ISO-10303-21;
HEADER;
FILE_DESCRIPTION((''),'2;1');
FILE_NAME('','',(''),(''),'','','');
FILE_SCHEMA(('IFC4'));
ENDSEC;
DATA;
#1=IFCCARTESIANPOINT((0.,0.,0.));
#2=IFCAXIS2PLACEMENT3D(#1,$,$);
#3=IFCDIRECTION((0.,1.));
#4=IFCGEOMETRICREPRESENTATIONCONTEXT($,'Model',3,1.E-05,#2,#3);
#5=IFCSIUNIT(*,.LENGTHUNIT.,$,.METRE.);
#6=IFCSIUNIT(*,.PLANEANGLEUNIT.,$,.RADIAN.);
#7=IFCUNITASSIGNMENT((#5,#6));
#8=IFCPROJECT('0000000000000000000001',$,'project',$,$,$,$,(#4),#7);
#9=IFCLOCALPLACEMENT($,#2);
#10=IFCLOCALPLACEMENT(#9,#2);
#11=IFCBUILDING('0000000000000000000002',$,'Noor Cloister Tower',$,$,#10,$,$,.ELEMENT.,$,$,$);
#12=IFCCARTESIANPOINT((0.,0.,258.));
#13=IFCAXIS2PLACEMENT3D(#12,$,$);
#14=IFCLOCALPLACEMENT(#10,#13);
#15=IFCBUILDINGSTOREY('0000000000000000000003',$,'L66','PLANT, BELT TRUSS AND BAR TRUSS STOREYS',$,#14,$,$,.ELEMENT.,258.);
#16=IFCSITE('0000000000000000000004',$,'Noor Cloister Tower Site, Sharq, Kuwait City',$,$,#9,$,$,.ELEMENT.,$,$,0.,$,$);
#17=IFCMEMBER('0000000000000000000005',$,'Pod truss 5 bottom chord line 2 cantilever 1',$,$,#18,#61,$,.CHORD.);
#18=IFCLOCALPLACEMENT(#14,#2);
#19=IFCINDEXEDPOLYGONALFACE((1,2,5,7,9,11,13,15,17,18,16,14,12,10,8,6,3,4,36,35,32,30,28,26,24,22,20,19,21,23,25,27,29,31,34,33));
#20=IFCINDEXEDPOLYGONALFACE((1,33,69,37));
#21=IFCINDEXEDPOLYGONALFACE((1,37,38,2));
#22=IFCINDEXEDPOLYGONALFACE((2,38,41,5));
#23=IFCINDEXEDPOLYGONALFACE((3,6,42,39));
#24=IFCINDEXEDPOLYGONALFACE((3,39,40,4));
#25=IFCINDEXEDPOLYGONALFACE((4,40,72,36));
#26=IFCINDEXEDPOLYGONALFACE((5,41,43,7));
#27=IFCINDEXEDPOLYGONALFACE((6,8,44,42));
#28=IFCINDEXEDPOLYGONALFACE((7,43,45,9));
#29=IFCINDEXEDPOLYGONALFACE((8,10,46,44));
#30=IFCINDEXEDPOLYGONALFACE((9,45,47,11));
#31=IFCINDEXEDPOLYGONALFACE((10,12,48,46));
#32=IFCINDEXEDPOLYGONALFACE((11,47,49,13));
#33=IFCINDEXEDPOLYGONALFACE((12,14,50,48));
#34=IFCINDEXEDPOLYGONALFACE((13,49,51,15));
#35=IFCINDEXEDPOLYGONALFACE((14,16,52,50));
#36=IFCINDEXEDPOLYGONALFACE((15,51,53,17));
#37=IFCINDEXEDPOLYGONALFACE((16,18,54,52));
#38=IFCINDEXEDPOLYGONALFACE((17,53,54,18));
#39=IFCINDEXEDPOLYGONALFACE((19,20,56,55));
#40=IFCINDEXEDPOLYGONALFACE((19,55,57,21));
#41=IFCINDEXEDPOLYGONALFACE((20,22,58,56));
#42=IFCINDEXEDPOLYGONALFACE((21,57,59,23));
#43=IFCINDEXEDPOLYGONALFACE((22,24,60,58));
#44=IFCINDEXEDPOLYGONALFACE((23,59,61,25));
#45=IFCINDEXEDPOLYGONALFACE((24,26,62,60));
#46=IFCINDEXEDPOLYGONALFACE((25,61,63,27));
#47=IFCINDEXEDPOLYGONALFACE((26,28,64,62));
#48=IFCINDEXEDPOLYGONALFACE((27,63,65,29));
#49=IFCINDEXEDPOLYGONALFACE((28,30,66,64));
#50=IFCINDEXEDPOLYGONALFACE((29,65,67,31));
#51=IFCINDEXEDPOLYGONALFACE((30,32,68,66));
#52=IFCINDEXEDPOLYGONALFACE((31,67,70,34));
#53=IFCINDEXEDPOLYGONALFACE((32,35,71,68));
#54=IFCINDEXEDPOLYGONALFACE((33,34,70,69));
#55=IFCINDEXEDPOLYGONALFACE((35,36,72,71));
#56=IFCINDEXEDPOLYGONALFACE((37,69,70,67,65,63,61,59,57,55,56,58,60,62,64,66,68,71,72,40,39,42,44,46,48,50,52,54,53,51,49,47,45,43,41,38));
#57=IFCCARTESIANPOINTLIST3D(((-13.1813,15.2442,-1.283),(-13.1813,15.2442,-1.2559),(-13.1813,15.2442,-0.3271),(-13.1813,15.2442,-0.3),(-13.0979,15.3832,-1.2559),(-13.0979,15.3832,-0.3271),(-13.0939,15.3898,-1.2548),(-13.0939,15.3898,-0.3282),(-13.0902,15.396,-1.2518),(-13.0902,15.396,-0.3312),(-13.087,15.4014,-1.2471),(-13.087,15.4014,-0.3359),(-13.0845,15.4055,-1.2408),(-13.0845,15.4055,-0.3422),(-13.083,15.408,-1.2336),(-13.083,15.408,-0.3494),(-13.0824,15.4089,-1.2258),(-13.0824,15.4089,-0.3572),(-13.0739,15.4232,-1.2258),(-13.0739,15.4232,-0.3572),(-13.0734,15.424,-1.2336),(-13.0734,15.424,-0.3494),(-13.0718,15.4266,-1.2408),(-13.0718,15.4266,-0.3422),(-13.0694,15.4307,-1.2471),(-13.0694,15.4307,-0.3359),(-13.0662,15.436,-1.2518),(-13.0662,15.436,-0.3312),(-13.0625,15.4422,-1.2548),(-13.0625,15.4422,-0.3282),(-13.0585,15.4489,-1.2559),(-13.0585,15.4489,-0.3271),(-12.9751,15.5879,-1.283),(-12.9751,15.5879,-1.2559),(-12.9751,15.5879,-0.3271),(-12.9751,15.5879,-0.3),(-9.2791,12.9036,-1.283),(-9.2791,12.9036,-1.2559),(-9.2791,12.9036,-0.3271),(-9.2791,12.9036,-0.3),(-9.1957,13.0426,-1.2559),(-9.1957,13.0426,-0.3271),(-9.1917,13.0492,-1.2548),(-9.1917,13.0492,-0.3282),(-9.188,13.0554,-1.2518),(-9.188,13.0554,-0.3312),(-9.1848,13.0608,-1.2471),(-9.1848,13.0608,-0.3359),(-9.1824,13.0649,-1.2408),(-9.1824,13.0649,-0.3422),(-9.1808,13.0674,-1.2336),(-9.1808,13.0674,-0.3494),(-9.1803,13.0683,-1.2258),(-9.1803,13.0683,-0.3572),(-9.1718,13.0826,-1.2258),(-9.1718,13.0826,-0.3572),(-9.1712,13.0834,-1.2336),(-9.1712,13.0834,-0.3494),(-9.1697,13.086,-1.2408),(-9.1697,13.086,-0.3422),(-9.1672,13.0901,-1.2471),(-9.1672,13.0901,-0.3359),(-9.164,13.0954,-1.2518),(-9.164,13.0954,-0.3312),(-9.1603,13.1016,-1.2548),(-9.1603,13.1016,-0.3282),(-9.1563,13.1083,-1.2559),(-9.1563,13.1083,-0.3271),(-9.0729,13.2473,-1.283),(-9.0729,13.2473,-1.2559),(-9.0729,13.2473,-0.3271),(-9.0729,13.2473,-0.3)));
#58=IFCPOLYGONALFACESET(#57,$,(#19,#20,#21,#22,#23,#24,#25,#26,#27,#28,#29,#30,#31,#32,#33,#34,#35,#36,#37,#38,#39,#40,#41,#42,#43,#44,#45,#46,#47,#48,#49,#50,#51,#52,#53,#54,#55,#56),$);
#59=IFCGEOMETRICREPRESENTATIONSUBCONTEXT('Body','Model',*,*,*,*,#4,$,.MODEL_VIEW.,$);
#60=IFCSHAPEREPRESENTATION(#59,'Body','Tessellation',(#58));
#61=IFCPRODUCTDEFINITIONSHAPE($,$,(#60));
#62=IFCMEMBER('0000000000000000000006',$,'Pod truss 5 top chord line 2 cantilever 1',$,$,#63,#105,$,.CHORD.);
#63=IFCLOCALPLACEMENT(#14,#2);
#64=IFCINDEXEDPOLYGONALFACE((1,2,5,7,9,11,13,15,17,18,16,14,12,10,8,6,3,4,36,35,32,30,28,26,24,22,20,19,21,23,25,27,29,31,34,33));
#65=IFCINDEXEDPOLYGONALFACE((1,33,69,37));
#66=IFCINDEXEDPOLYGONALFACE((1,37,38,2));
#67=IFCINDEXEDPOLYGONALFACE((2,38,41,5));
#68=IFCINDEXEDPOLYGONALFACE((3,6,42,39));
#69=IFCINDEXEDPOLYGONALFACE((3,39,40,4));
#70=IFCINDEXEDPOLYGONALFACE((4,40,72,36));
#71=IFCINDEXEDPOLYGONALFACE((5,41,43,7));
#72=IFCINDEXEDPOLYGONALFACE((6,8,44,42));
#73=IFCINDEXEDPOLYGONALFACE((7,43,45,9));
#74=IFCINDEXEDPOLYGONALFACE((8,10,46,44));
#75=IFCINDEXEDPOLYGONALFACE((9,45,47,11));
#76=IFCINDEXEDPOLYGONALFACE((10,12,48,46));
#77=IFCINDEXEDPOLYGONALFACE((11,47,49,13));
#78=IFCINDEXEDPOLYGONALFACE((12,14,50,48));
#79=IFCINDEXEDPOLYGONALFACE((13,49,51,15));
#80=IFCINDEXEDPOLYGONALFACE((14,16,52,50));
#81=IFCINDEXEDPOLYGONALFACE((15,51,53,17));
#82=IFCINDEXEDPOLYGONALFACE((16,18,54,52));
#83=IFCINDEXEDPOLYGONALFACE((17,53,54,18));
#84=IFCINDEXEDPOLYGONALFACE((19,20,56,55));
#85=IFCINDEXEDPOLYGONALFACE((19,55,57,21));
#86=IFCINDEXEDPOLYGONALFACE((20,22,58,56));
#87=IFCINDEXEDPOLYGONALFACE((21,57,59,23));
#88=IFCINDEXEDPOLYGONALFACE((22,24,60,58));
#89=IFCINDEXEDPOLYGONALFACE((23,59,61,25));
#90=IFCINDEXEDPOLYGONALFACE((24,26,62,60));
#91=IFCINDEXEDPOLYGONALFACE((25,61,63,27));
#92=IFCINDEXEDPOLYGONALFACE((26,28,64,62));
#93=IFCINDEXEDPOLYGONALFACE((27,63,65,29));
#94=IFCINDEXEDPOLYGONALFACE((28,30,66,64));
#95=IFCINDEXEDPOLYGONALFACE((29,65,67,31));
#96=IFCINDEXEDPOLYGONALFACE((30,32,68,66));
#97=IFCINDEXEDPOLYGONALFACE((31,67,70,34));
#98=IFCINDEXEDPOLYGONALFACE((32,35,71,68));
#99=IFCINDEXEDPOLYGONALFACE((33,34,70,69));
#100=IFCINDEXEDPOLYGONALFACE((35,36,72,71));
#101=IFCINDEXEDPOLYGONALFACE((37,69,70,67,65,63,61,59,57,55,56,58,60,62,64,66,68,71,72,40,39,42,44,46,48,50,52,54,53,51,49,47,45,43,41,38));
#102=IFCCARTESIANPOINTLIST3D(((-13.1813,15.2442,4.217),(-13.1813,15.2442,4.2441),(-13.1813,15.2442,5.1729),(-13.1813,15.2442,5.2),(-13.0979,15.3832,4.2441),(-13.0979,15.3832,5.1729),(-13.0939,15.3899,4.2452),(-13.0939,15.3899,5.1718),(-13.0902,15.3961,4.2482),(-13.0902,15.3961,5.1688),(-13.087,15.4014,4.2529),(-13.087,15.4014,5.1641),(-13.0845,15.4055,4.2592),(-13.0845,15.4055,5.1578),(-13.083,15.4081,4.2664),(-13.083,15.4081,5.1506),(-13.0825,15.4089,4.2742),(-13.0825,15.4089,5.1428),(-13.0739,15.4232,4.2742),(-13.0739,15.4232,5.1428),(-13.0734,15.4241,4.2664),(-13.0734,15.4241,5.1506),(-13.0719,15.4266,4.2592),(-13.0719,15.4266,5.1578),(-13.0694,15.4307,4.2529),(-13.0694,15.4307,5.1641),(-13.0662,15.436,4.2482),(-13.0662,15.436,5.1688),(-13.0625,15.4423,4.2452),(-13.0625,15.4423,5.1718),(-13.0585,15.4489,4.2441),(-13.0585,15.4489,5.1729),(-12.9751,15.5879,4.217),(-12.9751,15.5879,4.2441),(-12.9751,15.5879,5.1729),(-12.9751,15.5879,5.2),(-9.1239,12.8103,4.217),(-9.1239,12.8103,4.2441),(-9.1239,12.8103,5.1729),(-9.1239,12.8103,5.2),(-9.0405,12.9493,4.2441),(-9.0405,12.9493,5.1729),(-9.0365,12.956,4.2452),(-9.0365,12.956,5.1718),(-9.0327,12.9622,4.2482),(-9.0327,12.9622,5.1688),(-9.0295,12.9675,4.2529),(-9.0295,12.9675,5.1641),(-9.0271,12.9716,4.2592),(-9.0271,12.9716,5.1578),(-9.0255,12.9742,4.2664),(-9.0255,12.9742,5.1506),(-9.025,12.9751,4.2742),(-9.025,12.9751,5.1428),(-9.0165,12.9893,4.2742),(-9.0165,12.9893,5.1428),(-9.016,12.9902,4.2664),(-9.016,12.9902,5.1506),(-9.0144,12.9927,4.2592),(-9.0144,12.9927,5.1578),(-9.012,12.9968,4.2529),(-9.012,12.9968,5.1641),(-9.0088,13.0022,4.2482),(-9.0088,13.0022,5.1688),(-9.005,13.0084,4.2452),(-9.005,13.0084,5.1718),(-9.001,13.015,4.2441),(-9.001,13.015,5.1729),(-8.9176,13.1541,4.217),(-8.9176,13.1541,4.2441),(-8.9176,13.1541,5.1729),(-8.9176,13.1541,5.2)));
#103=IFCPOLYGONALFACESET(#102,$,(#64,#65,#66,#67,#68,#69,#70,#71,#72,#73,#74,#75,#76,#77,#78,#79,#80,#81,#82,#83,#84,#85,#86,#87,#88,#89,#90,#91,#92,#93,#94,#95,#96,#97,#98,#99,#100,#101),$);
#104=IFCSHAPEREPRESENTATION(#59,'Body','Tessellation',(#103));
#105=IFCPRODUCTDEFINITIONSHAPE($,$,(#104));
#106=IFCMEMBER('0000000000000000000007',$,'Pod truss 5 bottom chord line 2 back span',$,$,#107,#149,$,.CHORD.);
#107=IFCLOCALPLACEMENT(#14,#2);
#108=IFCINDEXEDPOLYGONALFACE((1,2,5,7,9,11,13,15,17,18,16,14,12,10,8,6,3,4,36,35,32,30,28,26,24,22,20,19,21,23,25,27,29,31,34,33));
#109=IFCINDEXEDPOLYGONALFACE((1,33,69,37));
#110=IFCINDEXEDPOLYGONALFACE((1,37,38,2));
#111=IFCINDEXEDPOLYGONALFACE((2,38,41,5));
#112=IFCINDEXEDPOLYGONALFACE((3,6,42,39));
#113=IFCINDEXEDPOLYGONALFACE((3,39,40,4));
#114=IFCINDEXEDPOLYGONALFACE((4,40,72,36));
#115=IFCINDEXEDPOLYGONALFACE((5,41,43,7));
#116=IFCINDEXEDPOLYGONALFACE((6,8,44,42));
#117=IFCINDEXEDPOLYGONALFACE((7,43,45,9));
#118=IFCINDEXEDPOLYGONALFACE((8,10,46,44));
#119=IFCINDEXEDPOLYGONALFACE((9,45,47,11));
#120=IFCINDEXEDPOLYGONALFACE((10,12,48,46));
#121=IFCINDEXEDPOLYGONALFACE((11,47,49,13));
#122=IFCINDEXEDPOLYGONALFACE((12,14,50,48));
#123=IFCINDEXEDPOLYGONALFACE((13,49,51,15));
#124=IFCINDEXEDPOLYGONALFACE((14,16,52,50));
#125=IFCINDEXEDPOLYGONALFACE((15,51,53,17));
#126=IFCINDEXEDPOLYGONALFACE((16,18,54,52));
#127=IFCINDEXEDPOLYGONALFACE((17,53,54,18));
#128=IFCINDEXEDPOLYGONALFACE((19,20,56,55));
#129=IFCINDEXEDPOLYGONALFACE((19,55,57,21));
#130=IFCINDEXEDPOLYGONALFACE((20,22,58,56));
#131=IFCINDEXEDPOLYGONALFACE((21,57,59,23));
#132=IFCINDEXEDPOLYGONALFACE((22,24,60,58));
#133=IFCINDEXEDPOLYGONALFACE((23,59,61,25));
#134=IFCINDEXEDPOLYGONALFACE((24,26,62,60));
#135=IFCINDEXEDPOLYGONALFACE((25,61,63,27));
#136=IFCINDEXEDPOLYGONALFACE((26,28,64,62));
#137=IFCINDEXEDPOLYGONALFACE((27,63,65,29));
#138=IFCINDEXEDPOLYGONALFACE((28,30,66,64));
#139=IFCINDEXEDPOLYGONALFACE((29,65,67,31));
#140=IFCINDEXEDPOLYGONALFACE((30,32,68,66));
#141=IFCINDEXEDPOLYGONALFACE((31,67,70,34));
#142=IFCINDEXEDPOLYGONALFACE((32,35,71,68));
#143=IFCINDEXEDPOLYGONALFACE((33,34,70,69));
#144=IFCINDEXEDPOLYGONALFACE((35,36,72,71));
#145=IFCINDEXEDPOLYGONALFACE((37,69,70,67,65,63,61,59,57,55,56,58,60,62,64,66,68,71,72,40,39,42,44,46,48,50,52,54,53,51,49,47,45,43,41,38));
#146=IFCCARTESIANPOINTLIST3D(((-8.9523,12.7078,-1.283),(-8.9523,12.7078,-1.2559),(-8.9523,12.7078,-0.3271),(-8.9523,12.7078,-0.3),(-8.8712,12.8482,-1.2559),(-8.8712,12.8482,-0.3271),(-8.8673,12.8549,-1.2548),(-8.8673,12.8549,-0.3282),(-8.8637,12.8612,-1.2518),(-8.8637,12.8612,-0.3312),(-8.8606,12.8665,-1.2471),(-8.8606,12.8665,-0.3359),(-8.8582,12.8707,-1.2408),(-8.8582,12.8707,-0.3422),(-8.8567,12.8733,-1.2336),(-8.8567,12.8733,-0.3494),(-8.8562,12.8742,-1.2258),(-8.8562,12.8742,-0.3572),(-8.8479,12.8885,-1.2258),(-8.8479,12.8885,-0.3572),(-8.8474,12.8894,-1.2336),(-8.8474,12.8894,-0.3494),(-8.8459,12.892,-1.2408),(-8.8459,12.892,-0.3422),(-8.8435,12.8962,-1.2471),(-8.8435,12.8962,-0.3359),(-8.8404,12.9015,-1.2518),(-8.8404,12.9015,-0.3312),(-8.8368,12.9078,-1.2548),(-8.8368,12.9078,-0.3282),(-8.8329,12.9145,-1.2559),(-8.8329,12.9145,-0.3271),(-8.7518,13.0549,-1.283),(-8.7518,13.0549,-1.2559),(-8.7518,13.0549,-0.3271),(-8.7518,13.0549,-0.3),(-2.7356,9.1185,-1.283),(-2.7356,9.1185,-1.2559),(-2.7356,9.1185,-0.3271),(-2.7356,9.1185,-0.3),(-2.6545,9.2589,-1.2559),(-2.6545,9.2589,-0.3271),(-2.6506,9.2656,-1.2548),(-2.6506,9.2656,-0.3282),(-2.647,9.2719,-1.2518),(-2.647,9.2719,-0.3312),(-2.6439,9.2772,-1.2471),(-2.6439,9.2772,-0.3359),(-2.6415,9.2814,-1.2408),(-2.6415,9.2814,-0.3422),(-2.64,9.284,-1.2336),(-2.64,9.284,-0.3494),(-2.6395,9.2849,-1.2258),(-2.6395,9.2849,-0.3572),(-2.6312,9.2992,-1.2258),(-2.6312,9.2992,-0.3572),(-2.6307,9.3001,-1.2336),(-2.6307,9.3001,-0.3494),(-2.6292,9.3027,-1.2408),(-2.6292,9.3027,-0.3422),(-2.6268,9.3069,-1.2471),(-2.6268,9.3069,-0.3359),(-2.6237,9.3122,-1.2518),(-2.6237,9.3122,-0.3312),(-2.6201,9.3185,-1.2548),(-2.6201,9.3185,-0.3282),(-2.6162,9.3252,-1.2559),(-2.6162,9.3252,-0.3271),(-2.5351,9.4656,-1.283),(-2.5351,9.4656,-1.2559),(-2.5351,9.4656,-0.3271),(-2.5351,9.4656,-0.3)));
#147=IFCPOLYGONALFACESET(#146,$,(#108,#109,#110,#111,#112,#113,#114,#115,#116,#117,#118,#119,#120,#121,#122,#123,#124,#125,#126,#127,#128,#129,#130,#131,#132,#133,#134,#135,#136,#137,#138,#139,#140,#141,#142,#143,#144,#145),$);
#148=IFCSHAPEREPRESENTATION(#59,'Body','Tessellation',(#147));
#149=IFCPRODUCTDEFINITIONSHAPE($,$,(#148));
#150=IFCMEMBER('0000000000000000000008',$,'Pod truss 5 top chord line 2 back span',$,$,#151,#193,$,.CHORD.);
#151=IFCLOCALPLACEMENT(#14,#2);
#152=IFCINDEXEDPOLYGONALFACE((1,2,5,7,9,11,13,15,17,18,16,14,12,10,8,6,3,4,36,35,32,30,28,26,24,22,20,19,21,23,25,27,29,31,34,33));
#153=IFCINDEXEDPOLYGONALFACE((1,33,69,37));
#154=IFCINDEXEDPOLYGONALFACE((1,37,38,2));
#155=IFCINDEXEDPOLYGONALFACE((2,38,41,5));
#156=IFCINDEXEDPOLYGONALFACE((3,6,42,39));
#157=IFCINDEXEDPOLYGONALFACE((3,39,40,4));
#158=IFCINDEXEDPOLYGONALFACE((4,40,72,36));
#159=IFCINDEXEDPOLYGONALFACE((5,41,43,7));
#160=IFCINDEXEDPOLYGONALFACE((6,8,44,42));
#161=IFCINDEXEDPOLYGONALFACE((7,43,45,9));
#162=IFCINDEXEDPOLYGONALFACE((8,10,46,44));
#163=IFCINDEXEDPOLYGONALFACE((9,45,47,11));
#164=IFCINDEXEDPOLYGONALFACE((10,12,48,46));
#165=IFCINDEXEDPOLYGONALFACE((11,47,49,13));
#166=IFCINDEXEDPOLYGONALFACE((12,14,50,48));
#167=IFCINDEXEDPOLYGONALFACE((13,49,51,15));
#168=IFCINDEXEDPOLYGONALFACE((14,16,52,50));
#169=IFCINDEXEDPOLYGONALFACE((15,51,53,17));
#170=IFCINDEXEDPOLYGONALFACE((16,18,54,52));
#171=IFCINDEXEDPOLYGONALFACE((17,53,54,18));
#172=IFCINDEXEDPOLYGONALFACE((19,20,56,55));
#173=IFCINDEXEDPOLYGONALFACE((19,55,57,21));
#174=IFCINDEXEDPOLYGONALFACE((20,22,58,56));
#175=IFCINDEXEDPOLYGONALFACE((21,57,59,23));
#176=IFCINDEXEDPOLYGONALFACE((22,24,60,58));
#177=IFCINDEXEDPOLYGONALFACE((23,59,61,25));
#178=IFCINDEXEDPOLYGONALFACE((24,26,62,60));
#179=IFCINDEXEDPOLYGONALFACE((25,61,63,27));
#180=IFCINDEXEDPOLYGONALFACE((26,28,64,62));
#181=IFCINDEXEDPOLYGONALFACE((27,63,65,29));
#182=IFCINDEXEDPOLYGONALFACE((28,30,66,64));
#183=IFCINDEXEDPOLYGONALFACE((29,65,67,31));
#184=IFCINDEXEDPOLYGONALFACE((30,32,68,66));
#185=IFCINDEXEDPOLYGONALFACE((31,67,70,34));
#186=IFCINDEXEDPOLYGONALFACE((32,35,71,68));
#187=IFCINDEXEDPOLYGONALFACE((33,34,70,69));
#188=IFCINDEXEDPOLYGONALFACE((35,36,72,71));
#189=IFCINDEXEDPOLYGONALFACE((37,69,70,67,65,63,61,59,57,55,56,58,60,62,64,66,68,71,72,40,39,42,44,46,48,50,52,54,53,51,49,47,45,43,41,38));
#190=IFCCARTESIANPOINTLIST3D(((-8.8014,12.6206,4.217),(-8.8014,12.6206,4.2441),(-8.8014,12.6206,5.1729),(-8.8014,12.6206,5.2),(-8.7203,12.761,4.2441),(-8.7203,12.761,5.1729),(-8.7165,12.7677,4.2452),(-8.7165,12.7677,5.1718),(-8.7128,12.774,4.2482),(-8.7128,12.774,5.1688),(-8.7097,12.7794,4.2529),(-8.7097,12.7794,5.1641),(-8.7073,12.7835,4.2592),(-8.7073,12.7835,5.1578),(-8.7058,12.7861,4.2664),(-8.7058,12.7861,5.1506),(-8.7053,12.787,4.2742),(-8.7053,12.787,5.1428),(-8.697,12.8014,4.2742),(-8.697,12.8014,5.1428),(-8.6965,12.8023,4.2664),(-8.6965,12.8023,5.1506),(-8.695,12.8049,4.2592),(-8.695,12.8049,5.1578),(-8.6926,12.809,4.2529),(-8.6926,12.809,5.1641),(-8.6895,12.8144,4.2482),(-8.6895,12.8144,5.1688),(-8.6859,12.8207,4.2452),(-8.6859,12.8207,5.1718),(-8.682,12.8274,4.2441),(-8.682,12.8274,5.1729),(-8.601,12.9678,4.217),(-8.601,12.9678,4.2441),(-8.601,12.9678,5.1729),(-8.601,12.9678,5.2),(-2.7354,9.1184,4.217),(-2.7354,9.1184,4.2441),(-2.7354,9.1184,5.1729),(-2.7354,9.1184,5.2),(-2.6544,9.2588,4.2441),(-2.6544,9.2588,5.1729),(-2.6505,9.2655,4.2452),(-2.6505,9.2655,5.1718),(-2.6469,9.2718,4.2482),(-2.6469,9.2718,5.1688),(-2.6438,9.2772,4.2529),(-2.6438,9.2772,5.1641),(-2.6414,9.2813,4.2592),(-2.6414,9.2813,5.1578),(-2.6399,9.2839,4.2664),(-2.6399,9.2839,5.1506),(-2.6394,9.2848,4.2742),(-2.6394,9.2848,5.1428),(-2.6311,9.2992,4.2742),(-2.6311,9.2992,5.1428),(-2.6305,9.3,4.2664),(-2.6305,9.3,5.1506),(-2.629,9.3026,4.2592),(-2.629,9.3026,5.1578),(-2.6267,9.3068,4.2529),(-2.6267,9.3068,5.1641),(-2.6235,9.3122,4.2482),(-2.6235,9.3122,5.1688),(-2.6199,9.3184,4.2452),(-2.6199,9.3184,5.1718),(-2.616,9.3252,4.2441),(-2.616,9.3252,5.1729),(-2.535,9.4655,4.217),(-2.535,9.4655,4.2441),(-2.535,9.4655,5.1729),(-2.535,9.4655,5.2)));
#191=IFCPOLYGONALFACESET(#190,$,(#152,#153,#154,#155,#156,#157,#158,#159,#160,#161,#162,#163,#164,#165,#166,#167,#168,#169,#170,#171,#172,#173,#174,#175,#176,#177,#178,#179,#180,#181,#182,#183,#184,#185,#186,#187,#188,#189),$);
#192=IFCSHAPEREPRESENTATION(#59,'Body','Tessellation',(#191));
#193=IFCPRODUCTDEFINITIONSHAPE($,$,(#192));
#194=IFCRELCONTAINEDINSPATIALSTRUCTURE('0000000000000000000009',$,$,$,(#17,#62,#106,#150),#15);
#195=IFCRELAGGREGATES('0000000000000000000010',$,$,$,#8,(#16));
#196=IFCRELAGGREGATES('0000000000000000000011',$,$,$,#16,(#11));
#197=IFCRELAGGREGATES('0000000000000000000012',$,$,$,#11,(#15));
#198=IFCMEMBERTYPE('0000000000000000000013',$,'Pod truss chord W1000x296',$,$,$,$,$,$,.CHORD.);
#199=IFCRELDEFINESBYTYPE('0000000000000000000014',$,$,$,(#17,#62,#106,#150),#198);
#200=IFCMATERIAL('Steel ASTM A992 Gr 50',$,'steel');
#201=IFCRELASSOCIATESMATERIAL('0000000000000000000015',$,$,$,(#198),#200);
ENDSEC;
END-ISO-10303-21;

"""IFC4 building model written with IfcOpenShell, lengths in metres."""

from ifc_helpers import new_model, si_unit, direction, frame, origin, origin_2d, place, context, subcontext, project, spatial, i_section, extrude, material, material_profile, profile_set, type_object, element, save


model = new_model("IFC4")

# Units and contexts
model_context = context("Model", 3, precision=1e-05, world=origin(), true_north=direction((0.0, 1.0)))
body_context = subcontext(model_context, "Body", "Model", "MODEL_VIEW")
ifc_project = project(units=[si_unit("LENGTHUNIT", "METRE"), si_unit("PLANEANGLEUNIT", "RADIAN")], contexts=[model_context])

# Site, building, storey
site_placement = place(None, origin())
site = spatial("IfcSite", under=ifc_project, at=site_placement, Name="Noor Cloister Tower Site, Sharq, Kuwait City", CompositionType="ELEMENT", RefElevation=0.0)
building_placement = place(site_placement, origin())
building = spatial("IfcBuilding", under=site, at=building_placement, Name="Noor Cloister Tower", CompositionType="ELEMENT")
storey_placement = place(building_placement, frame((0.0, 0.0, 258.0)))
storey = spatial("IfcBuildingStorey", under=building, at=storey_placement, Name="L66", Description="PLANT, BELT TRUSS AND BAR TRUSS STOREYS", CompositionType="ELEMENT", Elevation=258.0)

# Members
ifc_material_1 = material(Name="Steel ASTM A992 Gr 50", Category="steel")
ifc_material_profile_1 = material_profile(ifc_material_1, i_section(OverallWidth=0.4009, OverallDepth=0.9829, WebThickness=0.0166, FlangeThickness=0.0271, FilletRadius=0.03, at=origin_2d()), Name="W1000x296")
ifc_profile_set_1 = profile_set([ifc_material_profile_1], Name="Steel ASTM A992 Gr 50")
member_type_1 = type_object("IfcMemberType", Name="Pod truss chord W1000x296", PredefinedType="CHORD", material=ifc_profile_set_1)
member_1_placement = place(storey_placement, frame((-9.176, 13.0754, -0.7915), z_axis=(-0.857559, 0.514385, 0.0), x_axis=(-0.514385, -0.857559, 0.0)))
element("IfcMember", 1, at=member_1_placement, inside=storey, type_object=member_type_1, Name="Pod truss 5 bottom chord line 2 cantilever 1", PredefinedType="CHORD", context=body_context, shape_type="SweptSolid", body=[
    extrude(i_section(OverallWidth=0.4009, OverallDepth=0.9829, WebThickness=0.0166, FlangeThickness=0.0271, FilletRadius=0.03, at=origin_2d()), origin(), (0.0, 0.0, 1.0), 4.5503),
])
member_2_placement = place(storey_placement, frame((-9.0208, 12.9822, 4.7085), z_axis=(-0.857548, 0.514405, 0.0), x_axis=(-0.514405, -0.857548, 0.0)))
element("IfcMember", 2, at=member_2_placement, inside=storey, type_object=member_type_1, Name="Pod truss 5 top chord line 2 cantilever 1", PredefinedType="CHORD", context=body_context, shape_type="SweptSolid", body=[
    extrude(i_section(OverallWidth=0.4009, OverallDepth=0.9829, WebThickness=0.0166, FlangeThickness=0.0271, FilletRadius=0.03, at=origin_2d()), origin(), (0.0, 0.0, 1.0), 4.7314),
])
member_3_placement = place(storey_placement, frame((-8.8521, 12.8813, -0.7915), z_axis=(0.86602, -0.500009, 0.0), x_axis=(0.500009, 0.86602, 0.0)))
element("IfcMember", 3, at=member_3_placement, inside=storey, type_object=member_type_1, Name="Pod truss 5 bottom chord line 2 back span", PredefinedType="CHORD", context=body_context, shape_type="SweptSolid", body=[
    extrude(i_section(OverallWidth=0.4009, OverallDepth=0.9829, WebThickness=0.0166, FlangeThickness=0.0271, FilletRadius=0.03, at=origin_2d()), origin(), (0.0, 0.0, 1.0), 7.1785),
])
member_4_placement = place(storey_placement, frame((-8.7012, 12.7942, 4.7085), z_axis=(0.866023, -0.500004, 0.0), x_axis=(0.500004, 0.866023, 0.0)))
element("IfcMember", 4, at=member_4_placement, inside=storey, type_object=member_type_1, Name="Pod truss 5 top chord line 2 back span", PredefinedType="CHORD", context=body_context, shape_type="SweptSolid", body=[
    extrude(i_section(OverallWidth=0.4009, OverallDepth=0.9829, WebThickness=0.0166, FlangeThickness=0.0271, FilletRadius=0.03, at=origin_2d()), origin(), (0.0, 0.0, 1.0), 7.0044),
])

save(model, "model.ifc")
